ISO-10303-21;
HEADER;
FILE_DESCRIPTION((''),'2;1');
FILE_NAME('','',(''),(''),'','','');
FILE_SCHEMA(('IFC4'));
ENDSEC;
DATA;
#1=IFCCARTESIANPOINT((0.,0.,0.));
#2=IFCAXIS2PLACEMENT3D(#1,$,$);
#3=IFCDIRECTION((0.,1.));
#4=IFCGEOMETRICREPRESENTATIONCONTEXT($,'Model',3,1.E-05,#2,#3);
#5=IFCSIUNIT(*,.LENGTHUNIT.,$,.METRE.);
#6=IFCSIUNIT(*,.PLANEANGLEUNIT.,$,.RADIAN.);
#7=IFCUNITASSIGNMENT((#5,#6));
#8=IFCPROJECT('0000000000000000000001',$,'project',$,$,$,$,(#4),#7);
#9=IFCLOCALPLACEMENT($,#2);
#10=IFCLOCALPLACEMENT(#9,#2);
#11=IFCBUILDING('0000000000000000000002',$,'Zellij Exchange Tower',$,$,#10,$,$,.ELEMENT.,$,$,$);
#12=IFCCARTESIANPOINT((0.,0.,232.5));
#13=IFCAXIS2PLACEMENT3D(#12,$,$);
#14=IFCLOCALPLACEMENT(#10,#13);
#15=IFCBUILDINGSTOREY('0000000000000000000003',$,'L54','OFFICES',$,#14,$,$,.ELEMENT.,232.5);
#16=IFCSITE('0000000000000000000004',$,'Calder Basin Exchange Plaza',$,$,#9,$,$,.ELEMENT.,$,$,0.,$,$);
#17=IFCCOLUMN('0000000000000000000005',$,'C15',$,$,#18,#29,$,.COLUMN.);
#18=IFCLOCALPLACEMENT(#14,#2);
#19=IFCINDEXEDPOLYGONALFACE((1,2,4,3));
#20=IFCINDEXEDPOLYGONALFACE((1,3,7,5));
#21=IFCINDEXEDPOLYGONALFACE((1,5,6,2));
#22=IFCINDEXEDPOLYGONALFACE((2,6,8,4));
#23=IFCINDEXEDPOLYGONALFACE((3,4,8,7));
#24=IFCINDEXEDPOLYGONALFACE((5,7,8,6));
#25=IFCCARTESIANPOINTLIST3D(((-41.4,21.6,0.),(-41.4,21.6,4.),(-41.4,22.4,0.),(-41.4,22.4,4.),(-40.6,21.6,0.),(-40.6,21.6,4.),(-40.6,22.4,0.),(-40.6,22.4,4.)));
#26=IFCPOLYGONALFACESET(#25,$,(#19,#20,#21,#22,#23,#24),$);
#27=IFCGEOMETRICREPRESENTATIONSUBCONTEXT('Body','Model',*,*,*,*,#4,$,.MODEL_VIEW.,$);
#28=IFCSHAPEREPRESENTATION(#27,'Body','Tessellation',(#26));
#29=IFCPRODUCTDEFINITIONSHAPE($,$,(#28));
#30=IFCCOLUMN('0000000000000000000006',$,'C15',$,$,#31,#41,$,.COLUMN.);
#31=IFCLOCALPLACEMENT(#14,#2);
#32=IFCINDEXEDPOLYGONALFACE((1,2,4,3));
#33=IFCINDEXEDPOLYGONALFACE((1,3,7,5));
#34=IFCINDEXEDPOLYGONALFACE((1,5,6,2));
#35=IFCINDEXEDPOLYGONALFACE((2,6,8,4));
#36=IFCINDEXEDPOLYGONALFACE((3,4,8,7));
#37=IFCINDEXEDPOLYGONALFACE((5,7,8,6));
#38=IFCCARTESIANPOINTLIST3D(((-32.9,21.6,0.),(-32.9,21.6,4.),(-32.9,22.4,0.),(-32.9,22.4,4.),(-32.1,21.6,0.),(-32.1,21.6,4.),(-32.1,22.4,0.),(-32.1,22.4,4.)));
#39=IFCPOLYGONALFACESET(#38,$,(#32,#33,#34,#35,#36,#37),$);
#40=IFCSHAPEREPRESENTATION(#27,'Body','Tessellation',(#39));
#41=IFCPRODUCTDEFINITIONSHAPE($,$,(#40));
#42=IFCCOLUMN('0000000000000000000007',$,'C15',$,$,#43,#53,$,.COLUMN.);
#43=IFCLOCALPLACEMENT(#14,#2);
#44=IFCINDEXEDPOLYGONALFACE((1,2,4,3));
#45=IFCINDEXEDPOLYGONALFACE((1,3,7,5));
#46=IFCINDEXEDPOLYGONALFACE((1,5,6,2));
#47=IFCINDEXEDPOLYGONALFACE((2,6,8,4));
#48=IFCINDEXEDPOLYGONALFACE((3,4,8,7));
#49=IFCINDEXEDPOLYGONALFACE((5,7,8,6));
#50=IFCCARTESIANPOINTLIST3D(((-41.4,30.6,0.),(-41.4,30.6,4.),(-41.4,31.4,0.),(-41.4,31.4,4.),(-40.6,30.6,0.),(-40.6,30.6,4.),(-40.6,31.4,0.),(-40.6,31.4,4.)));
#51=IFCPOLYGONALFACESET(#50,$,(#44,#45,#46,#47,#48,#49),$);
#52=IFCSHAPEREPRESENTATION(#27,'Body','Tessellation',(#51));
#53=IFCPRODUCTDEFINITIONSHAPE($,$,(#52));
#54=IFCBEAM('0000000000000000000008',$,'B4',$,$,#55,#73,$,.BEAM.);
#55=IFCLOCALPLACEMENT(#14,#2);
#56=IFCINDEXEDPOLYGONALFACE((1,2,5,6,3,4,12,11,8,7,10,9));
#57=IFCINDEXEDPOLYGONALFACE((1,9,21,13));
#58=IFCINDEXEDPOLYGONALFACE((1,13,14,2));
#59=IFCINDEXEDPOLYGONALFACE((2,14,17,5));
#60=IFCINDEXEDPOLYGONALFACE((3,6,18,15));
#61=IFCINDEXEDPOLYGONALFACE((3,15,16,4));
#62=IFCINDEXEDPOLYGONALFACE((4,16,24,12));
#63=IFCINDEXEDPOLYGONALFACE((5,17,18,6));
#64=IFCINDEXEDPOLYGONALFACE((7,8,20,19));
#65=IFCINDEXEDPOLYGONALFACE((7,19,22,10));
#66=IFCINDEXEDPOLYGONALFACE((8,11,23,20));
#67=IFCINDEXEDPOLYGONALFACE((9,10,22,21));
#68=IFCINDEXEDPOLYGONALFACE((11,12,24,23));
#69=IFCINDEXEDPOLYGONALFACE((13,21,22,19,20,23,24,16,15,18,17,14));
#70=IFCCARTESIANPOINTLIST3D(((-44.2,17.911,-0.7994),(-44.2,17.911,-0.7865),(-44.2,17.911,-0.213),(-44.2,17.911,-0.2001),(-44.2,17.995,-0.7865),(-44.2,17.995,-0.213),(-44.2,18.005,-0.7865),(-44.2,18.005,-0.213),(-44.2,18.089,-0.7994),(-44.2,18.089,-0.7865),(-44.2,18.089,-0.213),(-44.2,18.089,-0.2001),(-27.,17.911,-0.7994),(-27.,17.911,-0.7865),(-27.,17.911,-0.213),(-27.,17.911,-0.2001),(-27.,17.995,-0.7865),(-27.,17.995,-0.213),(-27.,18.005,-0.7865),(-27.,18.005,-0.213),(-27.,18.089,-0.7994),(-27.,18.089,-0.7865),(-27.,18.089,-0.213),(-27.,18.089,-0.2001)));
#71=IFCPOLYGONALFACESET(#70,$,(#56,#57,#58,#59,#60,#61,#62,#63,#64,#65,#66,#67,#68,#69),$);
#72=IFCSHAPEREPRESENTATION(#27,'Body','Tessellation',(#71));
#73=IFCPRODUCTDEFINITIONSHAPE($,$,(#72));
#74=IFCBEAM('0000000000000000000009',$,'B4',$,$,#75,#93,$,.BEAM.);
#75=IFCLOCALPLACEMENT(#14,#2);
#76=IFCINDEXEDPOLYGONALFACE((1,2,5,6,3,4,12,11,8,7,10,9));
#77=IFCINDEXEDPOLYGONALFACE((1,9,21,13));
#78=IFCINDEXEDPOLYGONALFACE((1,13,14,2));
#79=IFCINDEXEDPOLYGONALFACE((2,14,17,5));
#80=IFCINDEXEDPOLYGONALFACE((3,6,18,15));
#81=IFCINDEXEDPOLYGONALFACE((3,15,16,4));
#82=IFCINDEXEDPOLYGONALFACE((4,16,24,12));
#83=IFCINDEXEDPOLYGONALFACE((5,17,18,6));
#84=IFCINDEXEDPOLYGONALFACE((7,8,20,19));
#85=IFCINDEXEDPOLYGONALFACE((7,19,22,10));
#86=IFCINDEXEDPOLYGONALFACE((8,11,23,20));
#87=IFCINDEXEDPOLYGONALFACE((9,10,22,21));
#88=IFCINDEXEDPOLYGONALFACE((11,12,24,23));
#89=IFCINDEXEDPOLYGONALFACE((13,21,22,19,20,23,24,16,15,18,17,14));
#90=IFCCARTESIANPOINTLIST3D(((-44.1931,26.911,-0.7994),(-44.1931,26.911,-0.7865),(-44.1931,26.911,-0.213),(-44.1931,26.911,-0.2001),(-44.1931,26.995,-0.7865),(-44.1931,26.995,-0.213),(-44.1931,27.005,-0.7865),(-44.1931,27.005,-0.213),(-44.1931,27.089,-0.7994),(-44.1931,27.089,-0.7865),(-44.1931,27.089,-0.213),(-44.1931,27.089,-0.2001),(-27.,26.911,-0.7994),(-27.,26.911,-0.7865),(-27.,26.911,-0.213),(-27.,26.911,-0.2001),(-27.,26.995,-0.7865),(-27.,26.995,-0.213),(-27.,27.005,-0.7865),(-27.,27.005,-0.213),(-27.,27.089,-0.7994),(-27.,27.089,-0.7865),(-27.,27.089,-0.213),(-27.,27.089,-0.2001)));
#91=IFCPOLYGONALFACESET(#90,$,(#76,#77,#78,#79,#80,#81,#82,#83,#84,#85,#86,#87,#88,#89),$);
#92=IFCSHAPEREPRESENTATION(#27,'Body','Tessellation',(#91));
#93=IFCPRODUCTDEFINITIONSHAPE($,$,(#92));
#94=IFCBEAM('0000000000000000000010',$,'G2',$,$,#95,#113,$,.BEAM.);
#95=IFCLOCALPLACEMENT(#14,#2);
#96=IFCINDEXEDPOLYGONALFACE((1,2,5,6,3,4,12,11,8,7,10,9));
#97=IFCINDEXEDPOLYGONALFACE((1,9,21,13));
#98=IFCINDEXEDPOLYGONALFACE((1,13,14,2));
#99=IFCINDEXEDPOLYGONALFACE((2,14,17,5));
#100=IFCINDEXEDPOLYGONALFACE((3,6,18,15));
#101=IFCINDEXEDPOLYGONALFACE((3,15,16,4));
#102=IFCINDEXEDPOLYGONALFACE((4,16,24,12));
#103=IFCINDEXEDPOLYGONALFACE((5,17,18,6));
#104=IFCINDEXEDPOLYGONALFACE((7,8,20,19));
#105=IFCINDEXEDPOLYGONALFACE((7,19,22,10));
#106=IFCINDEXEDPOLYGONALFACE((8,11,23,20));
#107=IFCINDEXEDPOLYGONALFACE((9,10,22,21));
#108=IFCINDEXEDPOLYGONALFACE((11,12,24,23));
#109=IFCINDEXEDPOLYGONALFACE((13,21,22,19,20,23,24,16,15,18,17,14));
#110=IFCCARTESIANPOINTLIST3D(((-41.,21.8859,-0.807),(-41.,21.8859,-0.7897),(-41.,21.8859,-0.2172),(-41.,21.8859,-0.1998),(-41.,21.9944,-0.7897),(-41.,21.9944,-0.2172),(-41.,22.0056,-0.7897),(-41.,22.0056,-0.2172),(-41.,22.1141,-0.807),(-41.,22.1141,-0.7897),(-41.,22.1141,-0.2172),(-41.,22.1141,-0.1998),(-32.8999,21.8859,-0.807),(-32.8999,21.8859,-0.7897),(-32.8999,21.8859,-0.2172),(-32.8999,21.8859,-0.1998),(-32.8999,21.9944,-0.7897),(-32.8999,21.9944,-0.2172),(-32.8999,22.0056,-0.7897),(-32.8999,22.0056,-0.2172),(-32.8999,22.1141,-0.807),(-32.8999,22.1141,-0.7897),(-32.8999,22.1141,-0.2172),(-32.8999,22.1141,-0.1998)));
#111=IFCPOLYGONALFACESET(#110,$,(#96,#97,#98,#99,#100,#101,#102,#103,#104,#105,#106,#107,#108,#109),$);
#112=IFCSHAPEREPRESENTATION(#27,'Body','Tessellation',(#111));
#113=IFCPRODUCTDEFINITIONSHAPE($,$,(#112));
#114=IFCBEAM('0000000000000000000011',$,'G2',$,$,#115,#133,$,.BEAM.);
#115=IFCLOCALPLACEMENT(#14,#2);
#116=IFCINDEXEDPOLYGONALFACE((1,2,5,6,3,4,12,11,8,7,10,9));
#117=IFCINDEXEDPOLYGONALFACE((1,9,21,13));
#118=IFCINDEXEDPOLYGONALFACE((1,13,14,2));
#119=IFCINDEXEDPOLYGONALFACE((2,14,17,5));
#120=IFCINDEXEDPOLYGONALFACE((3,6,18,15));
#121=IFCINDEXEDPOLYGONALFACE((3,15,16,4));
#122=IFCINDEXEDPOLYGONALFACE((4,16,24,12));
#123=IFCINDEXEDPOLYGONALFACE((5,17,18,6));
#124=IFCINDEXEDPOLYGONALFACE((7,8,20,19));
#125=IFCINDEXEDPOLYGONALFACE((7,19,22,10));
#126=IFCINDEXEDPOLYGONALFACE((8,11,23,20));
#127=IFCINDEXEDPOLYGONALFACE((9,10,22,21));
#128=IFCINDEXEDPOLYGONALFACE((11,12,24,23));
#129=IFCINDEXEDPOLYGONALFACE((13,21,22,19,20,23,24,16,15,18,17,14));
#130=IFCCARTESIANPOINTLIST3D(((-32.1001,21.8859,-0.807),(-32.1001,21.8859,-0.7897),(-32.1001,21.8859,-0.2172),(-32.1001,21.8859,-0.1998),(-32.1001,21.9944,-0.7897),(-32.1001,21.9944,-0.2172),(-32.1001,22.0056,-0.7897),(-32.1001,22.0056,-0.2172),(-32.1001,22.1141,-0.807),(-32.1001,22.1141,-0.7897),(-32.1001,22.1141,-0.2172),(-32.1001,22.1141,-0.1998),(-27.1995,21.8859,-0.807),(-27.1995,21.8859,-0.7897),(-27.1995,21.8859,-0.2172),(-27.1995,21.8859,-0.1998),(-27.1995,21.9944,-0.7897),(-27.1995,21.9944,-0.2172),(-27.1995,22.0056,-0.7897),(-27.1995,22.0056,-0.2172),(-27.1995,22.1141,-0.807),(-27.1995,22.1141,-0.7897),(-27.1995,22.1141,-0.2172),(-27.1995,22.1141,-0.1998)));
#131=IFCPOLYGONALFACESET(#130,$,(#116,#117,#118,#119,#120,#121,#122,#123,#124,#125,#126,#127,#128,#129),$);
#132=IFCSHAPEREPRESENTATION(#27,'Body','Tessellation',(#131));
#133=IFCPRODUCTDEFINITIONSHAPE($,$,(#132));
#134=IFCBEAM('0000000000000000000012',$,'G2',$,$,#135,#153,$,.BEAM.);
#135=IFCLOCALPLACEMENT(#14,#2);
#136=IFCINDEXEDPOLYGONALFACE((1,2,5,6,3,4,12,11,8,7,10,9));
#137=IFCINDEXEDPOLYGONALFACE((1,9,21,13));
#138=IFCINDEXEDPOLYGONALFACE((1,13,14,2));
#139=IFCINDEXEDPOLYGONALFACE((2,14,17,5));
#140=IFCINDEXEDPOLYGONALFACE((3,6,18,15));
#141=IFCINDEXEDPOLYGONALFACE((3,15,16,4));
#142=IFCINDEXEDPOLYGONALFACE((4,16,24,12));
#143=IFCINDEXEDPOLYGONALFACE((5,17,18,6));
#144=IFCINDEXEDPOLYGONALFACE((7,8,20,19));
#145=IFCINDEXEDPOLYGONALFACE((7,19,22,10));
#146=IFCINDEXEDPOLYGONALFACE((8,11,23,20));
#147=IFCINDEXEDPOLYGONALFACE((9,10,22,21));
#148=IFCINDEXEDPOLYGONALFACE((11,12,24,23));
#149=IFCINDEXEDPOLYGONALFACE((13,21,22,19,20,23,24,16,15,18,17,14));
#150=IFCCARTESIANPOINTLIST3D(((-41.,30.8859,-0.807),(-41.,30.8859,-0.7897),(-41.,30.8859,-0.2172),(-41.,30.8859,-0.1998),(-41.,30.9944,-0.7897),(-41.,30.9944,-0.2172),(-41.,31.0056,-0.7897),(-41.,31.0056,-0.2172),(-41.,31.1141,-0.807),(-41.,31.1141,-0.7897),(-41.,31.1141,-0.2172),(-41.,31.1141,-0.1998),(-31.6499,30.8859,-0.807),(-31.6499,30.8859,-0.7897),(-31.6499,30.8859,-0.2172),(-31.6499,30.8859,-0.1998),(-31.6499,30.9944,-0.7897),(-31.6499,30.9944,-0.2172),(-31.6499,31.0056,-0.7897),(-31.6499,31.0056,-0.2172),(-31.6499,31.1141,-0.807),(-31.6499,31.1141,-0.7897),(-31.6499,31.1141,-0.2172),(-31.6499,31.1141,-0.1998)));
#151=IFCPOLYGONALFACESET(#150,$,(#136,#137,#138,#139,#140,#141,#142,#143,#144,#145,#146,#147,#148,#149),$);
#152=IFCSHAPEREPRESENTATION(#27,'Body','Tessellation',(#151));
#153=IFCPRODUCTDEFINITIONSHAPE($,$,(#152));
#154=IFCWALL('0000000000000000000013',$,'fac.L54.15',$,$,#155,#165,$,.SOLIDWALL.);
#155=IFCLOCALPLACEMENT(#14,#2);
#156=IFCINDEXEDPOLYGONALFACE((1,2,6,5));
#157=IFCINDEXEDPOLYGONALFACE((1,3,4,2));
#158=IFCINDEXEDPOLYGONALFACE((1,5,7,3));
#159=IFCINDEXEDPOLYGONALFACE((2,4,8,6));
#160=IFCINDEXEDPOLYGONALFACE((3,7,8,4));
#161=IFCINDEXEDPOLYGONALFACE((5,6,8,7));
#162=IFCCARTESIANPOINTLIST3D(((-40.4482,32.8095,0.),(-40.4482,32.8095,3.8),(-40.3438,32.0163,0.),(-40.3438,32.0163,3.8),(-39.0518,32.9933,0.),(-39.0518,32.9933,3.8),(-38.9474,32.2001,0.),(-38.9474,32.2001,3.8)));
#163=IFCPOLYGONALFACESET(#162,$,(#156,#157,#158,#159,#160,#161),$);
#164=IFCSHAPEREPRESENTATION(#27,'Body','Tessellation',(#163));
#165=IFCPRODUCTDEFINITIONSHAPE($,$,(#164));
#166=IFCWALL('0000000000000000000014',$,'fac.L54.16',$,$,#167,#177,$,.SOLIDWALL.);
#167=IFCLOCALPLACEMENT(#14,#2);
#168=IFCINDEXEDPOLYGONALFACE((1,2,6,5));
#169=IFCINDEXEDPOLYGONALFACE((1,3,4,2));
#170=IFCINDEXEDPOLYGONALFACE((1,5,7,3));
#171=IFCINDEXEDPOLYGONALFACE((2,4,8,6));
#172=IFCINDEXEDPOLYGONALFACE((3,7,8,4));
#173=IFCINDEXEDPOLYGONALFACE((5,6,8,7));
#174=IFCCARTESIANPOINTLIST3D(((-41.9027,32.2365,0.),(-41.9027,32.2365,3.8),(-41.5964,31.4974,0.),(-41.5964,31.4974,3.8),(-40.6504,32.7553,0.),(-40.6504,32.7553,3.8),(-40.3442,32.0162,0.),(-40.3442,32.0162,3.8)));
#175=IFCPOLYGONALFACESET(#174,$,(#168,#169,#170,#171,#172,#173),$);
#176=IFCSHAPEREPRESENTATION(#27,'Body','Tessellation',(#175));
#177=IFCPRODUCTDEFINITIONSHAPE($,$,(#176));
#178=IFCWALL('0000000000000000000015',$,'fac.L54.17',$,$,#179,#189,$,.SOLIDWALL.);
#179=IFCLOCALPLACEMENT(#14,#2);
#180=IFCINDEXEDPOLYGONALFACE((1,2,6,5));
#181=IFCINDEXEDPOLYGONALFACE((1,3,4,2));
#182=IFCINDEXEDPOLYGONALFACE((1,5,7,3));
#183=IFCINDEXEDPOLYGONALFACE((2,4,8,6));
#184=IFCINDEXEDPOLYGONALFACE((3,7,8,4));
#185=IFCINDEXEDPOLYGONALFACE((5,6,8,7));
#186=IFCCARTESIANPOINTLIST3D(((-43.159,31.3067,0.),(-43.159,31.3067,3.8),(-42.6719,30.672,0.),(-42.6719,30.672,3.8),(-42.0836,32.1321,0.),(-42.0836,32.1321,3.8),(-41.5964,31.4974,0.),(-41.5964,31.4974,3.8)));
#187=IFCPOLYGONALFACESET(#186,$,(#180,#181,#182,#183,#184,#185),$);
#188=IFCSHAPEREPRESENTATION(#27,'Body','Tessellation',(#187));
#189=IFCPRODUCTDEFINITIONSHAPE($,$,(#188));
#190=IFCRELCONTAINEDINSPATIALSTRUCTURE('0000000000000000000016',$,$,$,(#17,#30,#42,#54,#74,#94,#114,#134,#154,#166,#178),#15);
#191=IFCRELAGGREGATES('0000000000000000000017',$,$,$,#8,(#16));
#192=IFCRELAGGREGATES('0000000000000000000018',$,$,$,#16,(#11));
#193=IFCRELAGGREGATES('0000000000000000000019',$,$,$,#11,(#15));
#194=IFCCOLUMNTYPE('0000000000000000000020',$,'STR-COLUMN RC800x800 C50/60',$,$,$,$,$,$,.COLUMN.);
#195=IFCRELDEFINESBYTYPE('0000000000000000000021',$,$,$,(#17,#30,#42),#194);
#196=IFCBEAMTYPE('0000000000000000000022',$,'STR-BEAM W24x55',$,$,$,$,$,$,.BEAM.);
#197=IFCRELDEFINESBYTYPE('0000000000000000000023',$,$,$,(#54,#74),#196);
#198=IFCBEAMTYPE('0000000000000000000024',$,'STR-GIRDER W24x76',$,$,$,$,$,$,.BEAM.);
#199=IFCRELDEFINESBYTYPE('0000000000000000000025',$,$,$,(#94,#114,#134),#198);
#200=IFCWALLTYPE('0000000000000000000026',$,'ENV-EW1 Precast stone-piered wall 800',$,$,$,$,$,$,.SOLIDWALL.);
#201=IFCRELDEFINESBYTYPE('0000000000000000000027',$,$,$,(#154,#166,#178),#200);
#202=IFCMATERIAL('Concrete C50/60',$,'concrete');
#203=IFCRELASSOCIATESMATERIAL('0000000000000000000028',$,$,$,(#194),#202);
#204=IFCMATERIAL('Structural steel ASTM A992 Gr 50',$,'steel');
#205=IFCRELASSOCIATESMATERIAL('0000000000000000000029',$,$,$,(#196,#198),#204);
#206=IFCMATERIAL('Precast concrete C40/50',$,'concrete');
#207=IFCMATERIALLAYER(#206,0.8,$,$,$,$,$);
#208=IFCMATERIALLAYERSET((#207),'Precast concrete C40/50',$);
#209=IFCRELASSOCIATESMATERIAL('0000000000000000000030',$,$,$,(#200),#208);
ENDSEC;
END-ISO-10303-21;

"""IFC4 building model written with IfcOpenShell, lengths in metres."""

from ifc_helpers import new_model, si_unit, direction, frame, frame_2d, origin, origin_2d, place, context, subcontext, project, spatial, rectangle, i_section, extrude, material, layer, layer_set, material_profile, profile_set, type_object, element, save


model = new_model("IFC4")

# Units and contexts
model_context = context("Model", 3, precision=1e-05, world=origin(), true_north=direction((0.0, 1.0)))
body_context = subcontext(model_context, "Body", "Model", "MODEL_VIEW")
ifc_project = project(units=[si_unit("LENGTHUNIT", "METRE"), si_unit("PLANEANGLEUNIT", "RADIAN")], contexts=[model_context])

# Site, building, storey
site_placement = place(None, origin())
site = spatial("IfcSite", under=ifc_project, at=site_placement, Name="Calder Basin Exchange Plaza", CompositionType="ELEMENT", RefElevation=0.0)
building_placement = place(site_placement, origin())
building = spatial("IfcBuilding", under=site, at=building_placement, Name="Zellij Exchange Tower", CompositionType="ELEMENT")
storey_placement = place(building_placement, frame((0.0, 0.0, 232.5)))
storey = spatial("IfcBuildingStorey", under=building, at=storey_placement, Name="L54", Description="OFFICES", CompositionType="ELEMENT", Elevation=232.5)

# Columns
ifc_material_1 = material(Name="Concrete C50/60", Category="concrete")
ifc_material_profile_1 = material_profile(ifc_material_1, rectangle(XDim=0.8, YDim=0.8, at=origin_2d()), Name="STR-COLUMN RC800x800 C50/60")
ifc_profile_set_1 = profile_set([ifc_material_profile_1], Name="Concrete C50/60")
column_type = type_object("IfcColumnType", Name="STR-COLUMN RC800x800 C50/60", PredefinedType="COLUMN", material=ifc_profile_set_1)
for number, where, z_axis, x_axis, name in (
    (1, (-41.0, 22.0, 0.0), (0.0, 0.0, 1.0), (1.0, 0.0, 0.0), "C15"),
    (2, (-32.5, 22.0, 0.0), (0.0, 0.0, 1.0), (1.0, 0.0, 0.0), "C15"),
    (3, (-41.0, 31.0, 0.0), (0.0, 0.0, 1.0), (1.0, 0.0, 0.0), "C15"),
):
    element("IfcColumn", number, at=place(storey_placement, frame(where, z_axis=z_axis, x_axis=x_axis)), inside=storey, type_object=column_type, Name=name, PredefinedType="COLUMN", context=body_context, shape_type="SweptSolid", body=[
        extrude(rectangle(XDim=0.8, YDim=0.8, at=origin_2d()), origin(), (0.0, 0.0, 1.0), 4.0),
    ])

# Beams
ifc_material_2 = material(Name="Structural steel ASTM A992 Gr 50", Category="steel")
ifc_material_profile_2 = material_profile(ifc_material_2, i_section(OverallWidth=0.178, OverallDepth=0.5994, WebThickness=0.01, FlangeThickness=0.0129, at=origin_2d()), Name="W24x55")
ifc_profile_set_2 = profile_set([ifc_material_profile_2], Name="Structural steel ASTM A992 Gr 50")
beam_type_1 = type_object("IfcBeamType", Name="STR-BEAM W24x55", PredefinedType="BEAM", material=ifc_profile_set_2)
beam_1_placement = place(storey_placement, frame((-44.2, 18.0, -0.4998), z_axis=(1.0, 0.0, 0.0), x_axis=(0.0, 1.0, 0.0)))
element("IfcBeam", 4, at=beam_1_placement, inside=storey, type_object=beam_type_1, Name="B4", PredefinedType="BEAM", context=body_context, shape_type="SweptSolid", body=[
    extrude(i_section(OverallWidth=0.178, OverallDepth=0.5994, WebThickness=0.01, FlangeThickness=0.0129, at=origin_2d()), origin(), (0.0, 0.0, 1.0), 17.2),
])
beam_2_placement = place(storey_placement, frame((-44.1931, 27.0, -0.4998), z_axis=(1.0, 0.0, 0.0), x_axis=(0.0, 1.0, 0.0)))
element("IfcBeam", 5, at=beam_2_placement, inside=storey, type_object=beam_type_1, Name="B4", PredefinedType="BEAM", context=body_context, shape_type="SweptSolid", body=[
    extrude(i_section(OverallWidth=0.178, OverallDepth=0.5994, WebThickness=0.01, FlangeThickness=0.0129, at=origin_2d()), origin(), (0.0, 0.0, 1.0), 17.1931),
])
ifc_material_profile_3 = material_profile(ifc_material_2, i_section(OverallWidth=0.2283, OverallDepth=0.6072, WebThickness=0.0112, FlangeThickness=0.0173, at=origin_2d()), Name="W24x76")
ifc_profile_set_3 = profile_set([ifc_material_profile_3], Name="Structural steel ASTM A992 Gr 50")
beam_type_2 = type_object("IfcBeamType", Name="STR-GIRDER W24x76", PredefinedType="BEAM", material=ifc_profile_set_3)
beam_3_placement = place(storey_placement, frame((-41.0, 22.0, -0.5034), z_axis=(1.0, 0.0, 0.0), x_axis=(0.0, 1.0, 0.0)))
element("IfcBeam", 6, at=beam_3_placement, inside=storey, type_object=beam_type_2, Name="G2", PredefinedType="BEAM", context=body_context, shape_type="SweptSolid", body=[
    extrude(i_section(OverallWidth=0.2283, OverallDepth=0.6072, WebThickness=0.0112, FlangeThickness=0.0173, at=origin_2d()), origin(), (0.0, 0.0, 1.0), 8.1001),
])
beam_4_placement = place(storey_placement, frame((-32.1001, 22.0, -0.5034), z_axis=(1.0, 0.0, 0.0), x_axis=(0.0, 1.0, 0.0)))
element("IfcBeam", 7, at=beam_4_placement, inside=storey, type_object=beam_type_2, Name="G2", PredefinedType="BEAM", context=body_context, shape_type="SweptSolid", body=[
    extrude(i_section(OverallWidth=0.2283, OverallDepth=0.6072, WebThickness=0.0112, FlangeThickness=0.0173, at=origin_2d()), origin(), (0.0, 0.0, 1.0), 4.9006),
])
beam_5_placement = place(storey_placement, frame((-41.0, 31.0, -0.5034), z_axis=(1.0, 0.0, 0.0), x_axis=(0.0, 1.0, 0.0)))
element("IfcBeam", 8, at=beam_5_placement, inside=storey, type_object=beam_type_2, Name="G2", PredefinedType="BEAM", context=body_context, shape_type="SweptSolid", body=[
    extrude(i_section(OverallWidth=0.2283, OverallDepth=0.6072, WebThickness=0.0112, FlangeThickness=0.0173, at=origin_2d()), origin(), (0.0, 0.0, 1.0), 9.3501),
])

# Walls
ifc_material_3 = material(Name="Precast concrete C40/50", Category="concrete")
ifc_layer_1 = layer(ifc_material_3, 0.8)
ifc_layer_set_1 = layer_set([ifc_layer_1], Name="Precast concrete C40/50")
wall_type_1 = type_object("IfcWallType", Name="ENV-EW1 Precast stone-piered wall 800", PredefinedType="SOLIDWALL", material=ifc_layer_set_1)
wall_1_placement = place(storey_placement, frame((-38.9998, 32.5967, 0.0), z_axis=(0.0, 0.0, 1.0), x_axis=(-0.991446, -0.130517, 0.0)))
element("IfcWall", 9, at=wall_1_placement, inside=storey, type_object=wall_type_1, Name="fac.L54.15", PredefinedType="SOLIDWALL", context=body_context, shape_type="SweptSolid", body=[
    extrude(rectangle(XDim=1.4084, YDim=0.8, at=frame_2d((0.7041, 0.0))), origin(), (0.0, 0.0, 1.0), 3.8),
])
wall_2_placement = place(storey_placement, frame((-40.4973, 32.3857, 0.0), z_axis=(0.0, 0.0, 1.0), x_axis=(-0.923848, -0.38276, 0.0)))
element("IfcWall", 10, at=wall_2_placement, inside=storey, type_object=wall_type_1, Name="fac.L54.16", PredefinedType="SOLIDWALL", context=body_context, shape_type="SweptSolid", body=[
    extrude(rectangle(XDim=1.3555, YDim=0.8, at=frame_2d((0.6777, 0.0))), origin(), (0.0, 0.0, 1.0), 3.8),
])
for number, where, z_axis, x_axis, name in (
    (11, (-41.8401, 31.8147, 0.0), (0.0, 0.0, 1.0), (-0.793273, -0.608866, 0.0), "fac.L54.17"),
):
    element("IfcWall", number, at=place(storey_placement, frame(where, z_axis=z_axis, x_axis=x_axis)), inside=storey, type_object=wall_type_1, Name=name, PredefinedType="SOLIDWALL", context=body_context, shape_type="SweptSolid", body=[
        extrude(rectangle(XDim=1.3557, YDim=0.8, at=frame_2d((0.6777, 0.0))), origin(), (0.0, 0.0, 1.0), 3.8),
    ])

save(model, "model.ifc")
